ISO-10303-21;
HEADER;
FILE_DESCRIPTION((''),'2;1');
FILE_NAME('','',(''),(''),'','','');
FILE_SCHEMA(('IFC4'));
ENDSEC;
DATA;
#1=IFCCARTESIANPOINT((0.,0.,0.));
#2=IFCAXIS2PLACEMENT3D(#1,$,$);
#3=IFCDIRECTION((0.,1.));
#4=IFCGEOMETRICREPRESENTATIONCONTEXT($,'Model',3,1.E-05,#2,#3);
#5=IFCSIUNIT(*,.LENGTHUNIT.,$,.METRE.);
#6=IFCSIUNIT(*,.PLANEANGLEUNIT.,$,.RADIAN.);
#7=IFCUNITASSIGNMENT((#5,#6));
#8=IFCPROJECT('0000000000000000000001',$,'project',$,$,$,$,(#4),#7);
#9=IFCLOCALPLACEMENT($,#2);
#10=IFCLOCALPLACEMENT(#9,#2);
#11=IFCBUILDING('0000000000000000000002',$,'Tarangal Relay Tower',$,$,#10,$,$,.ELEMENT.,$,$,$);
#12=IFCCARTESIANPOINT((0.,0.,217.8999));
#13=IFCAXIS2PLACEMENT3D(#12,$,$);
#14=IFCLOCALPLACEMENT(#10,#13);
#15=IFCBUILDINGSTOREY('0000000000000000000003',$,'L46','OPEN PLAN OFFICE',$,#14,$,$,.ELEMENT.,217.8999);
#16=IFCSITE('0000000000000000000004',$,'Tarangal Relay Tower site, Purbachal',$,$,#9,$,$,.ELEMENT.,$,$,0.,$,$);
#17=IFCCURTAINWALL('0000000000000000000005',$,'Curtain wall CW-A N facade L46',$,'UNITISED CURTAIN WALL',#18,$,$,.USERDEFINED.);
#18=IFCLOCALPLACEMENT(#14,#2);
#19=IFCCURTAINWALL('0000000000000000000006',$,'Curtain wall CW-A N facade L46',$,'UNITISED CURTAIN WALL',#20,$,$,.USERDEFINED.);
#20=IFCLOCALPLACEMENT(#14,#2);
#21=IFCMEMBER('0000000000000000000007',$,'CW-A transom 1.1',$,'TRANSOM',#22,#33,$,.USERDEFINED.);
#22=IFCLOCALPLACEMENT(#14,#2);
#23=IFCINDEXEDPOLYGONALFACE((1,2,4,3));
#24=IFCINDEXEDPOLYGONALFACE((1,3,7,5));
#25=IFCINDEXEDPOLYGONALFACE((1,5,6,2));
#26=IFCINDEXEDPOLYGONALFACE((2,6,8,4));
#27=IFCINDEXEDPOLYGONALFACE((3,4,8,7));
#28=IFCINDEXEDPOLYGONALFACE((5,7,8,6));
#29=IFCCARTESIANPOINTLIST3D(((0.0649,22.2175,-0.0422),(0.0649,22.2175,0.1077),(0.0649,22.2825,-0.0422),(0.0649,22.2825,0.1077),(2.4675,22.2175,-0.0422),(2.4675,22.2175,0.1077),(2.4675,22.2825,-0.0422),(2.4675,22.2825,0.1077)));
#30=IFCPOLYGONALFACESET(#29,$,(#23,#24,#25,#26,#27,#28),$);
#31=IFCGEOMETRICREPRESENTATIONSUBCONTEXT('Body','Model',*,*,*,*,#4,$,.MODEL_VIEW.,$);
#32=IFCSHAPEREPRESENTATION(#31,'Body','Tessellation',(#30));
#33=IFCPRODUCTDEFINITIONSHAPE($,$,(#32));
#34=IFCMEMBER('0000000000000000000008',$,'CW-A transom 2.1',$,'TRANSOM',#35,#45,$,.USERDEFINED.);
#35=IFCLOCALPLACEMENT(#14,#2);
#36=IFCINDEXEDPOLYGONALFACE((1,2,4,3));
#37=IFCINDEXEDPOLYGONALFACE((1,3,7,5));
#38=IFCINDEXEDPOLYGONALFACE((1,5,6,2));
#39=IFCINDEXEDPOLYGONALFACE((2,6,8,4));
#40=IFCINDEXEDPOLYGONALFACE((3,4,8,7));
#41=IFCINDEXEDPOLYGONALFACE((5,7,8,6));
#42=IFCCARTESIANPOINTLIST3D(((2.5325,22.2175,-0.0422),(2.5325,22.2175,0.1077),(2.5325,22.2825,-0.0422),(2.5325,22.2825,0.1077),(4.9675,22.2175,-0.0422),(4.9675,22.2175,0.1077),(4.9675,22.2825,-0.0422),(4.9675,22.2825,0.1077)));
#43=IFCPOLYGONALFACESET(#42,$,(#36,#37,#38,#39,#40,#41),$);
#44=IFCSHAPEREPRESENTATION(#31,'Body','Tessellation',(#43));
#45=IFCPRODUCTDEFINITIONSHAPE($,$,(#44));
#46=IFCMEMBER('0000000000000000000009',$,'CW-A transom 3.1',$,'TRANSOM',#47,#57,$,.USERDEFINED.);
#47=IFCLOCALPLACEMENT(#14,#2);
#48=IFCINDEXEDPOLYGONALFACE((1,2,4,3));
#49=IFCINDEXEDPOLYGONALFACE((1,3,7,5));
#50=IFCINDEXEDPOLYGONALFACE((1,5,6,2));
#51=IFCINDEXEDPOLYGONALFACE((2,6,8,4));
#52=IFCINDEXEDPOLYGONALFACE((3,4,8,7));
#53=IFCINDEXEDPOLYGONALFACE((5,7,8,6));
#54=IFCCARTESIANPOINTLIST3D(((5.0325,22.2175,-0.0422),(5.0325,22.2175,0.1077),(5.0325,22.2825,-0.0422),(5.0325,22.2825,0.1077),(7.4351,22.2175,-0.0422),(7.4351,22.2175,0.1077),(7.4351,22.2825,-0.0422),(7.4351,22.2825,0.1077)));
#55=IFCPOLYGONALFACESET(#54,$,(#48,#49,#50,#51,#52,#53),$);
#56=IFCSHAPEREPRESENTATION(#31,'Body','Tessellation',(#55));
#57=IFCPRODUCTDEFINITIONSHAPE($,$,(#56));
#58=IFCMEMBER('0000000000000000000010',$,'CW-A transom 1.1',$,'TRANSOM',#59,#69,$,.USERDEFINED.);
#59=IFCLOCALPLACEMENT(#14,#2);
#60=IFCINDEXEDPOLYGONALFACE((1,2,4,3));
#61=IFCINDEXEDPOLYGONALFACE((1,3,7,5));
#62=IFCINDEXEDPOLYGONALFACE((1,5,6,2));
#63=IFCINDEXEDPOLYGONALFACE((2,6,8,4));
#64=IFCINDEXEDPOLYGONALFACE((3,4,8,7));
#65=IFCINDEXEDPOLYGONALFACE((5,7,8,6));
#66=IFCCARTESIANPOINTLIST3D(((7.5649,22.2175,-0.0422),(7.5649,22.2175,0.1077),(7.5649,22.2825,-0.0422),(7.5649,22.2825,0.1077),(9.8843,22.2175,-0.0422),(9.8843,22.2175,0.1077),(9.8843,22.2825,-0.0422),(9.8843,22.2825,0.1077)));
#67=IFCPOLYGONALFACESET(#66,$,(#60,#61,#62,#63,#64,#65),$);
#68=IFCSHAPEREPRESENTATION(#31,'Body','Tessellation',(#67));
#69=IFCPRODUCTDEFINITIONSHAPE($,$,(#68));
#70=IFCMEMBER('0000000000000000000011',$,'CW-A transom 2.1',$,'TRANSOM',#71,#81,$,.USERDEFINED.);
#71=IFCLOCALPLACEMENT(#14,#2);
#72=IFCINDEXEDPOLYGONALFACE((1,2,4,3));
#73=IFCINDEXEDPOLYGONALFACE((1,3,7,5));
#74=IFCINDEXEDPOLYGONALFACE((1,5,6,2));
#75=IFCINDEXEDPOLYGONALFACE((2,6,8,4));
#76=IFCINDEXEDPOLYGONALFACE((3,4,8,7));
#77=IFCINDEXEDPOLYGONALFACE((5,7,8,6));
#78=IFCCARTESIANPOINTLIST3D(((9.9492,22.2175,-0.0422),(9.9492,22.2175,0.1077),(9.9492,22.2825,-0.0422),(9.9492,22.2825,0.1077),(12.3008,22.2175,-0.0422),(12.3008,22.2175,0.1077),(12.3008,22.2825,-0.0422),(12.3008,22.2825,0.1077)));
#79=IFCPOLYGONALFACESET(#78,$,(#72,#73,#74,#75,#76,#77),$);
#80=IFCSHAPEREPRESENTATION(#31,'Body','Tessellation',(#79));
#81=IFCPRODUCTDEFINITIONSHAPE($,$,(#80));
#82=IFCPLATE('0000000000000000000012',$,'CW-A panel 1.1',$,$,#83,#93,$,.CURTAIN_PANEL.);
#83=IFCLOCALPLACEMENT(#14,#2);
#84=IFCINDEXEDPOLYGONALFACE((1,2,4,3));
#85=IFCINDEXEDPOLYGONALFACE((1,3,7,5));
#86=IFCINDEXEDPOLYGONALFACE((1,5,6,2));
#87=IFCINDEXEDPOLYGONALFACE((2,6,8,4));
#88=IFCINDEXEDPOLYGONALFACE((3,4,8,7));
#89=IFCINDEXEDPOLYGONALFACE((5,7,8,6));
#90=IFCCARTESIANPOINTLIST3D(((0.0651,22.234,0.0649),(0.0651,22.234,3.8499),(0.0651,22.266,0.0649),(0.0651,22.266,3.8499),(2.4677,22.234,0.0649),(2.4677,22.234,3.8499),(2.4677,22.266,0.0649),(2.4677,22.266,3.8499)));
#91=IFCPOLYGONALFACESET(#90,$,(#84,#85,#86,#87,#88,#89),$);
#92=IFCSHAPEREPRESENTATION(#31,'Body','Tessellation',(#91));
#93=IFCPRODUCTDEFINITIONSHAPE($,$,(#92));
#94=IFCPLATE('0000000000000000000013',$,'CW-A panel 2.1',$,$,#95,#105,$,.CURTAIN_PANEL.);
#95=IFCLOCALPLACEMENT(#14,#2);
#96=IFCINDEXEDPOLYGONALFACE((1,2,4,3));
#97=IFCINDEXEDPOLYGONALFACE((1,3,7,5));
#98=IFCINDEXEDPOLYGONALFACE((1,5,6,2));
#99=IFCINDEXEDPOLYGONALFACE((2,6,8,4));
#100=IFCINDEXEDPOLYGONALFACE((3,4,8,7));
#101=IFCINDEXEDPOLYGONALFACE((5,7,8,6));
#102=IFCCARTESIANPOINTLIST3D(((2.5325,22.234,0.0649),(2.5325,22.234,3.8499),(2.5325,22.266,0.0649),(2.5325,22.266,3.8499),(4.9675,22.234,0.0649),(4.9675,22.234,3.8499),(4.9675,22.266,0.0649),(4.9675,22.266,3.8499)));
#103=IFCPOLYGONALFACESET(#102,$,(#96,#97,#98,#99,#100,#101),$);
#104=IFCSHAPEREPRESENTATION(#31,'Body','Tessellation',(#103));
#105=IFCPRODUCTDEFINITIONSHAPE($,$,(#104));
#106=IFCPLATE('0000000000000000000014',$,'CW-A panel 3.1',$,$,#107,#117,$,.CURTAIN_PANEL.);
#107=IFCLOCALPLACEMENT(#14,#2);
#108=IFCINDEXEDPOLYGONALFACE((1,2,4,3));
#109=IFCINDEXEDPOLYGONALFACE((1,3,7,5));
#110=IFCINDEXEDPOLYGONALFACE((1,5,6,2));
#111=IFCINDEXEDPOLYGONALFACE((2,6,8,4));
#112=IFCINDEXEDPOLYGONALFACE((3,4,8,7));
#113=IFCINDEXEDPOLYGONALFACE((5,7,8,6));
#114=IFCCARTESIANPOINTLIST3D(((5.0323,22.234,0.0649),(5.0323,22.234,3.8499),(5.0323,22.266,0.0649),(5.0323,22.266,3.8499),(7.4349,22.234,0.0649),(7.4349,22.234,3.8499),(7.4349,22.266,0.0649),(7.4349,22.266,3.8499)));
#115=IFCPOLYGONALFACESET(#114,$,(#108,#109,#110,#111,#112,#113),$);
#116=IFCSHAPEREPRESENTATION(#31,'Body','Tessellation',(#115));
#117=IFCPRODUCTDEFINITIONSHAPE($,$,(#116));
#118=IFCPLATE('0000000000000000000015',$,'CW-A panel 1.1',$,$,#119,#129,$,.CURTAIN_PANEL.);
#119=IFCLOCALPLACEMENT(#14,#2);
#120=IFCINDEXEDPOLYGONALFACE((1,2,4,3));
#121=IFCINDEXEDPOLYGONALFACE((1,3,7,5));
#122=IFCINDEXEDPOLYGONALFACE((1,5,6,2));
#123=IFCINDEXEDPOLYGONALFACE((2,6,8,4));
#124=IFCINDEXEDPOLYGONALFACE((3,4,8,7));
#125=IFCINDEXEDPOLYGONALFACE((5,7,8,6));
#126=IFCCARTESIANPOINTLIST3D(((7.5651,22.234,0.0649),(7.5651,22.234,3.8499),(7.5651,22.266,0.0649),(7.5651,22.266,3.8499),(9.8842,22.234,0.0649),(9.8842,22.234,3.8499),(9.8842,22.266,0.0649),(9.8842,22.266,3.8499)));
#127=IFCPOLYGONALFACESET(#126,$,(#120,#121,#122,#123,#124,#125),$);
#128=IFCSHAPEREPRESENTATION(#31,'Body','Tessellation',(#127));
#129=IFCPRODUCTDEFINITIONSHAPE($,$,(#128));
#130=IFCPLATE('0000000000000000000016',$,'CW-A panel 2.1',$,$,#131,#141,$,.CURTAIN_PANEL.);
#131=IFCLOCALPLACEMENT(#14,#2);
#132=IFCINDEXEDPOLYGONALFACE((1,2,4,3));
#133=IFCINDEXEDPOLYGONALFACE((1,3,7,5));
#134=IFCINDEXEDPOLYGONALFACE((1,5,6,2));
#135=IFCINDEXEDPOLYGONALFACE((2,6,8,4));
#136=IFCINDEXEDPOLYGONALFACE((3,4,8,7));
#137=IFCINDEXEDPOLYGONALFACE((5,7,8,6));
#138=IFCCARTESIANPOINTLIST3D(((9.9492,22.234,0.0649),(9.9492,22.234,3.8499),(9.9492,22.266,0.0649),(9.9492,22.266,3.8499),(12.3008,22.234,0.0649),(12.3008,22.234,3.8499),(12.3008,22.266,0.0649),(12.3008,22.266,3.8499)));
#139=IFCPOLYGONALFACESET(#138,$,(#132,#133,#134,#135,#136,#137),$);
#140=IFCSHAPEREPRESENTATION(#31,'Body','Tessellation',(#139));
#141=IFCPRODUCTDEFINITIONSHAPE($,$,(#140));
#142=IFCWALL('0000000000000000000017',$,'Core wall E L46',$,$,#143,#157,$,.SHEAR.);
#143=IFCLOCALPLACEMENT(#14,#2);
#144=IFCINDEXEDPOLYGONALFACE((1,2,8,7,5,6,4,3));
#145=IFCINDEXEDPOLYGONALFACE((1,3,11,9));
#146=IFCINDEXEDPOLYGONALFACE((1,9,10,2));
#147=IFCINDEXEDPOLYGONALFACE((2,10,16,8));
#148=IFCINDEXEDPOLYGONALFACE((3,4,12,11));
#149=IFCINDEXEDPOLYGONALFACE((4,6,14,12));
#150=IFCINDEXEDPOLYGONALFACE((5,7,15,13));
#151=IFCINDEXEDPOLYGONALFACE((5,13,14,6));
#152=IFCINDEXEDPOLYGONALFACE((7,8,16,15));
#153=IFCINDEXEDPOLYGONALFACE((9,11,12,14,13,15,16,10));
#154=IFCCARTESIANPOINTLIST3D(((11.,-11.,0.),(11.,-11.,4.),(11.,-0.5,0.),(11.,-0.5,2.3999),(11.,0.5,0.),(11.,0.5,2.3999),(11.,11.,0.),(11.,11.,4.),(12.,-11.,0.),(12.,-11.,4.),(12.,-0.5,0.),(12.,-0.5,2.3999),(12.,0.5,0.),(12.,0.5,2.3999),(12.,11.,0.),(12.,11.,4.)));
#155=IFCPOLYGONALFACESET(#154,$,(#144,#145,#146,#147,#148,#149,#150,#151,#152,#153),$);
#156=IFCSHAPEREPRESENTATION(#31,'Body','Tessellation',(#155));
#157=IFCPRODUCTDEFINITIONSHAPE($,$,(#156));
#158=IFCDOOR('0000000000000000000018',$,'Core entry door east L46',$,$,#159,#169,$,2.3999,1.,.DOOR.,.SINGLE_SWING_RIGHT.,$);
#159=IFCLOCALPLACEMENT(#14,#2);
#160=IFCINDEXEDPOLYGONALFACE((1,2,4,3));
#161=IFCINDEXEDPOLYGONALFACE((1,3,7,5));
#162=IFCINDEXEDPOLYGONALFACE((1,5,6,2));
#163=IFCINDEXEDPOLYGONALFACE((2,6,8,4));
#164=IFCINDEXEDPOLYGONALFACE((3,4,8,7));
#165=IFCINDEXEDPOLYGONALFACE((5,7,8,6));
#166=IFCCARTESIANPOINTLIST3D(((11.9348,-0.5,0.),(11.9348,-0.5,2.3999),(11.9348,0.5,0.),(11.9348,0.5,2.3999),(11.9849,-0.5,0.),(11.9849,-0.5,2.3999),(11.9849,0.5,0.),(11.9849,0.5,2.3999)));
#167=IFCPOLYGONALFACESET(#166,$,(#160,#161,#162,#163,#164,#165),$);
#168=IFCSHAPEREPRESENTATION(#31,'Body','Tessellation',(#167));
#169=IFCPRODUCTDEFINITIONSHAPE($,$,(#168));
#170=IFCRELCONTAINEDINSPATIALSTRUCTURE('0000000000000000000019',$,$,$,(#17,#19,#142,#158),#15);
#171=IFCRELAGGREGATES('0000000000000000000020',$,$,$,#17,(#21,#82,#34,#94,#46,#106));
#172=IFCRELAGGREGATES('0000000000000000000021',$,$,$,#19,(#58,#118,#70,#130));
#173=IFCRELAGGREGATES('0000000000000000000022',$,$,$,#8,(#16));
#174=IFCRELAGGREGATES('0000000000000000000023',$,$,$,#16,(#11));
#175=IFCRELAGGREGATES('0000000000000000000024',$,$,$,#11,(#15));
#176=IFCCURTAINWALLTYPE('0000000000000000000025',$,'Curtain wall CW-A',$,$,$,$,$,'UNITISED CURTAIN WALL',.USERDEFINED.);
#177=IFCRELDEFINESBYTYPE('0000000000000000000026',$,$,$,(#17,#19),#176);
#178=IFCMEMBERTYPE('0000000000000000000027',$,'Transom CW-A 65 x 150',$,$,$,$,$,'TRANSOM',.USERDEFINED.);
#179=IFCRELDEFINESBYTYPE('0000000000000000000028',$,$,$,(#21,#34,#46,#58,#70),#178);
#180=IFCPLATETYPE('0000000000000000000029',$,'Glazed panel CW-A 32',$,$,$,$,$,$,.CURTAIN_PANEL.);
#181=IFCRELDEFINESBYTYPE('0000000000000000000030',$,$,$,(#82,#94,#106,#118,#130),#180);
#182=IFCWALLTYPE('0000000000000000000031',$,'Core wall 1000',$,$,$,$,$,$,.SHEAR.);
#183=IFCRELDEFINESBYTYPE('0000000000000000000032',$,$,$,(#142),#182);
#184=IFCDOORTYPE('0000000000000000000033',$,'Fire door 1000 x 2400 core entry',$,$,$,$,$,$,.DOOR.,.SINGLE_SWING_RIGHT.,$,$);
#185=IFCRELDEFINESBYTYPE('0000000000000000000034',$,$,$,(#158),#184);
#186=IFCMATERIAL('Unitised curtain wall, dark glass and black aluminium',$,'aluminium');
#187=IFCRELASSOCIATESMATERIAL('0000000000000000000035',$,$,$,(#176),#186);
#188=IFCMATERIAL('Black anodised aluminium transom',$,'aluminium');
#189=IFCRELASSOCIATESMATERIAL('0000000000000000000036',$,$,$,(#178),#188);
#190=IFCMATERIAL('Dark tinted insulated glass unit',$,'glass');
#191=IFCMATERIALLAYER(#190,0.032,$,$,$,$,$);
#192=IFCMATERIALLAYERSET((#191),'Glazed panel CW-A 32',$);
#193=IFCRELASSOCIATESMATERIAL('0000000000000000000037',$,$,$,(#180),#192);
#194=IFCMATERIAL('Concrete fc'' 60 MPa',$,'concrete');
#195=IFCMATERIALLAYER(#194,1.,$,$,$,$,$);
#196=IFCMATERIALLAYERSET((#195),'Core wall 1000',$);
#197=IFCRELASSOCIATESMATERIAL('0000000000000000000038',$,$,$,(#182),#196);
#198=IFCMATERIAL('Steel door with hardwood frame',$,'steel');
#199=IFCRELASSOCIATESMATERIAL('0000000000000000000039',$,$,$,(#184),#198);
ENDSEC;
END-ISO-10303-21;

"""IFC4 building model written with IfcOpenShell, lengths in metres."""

from ifc_helpers import new_model, si_unit, direction, frame, frame_2d, origin, origin_2d, place, context, subcontext, project, spatial, rectangle, extrude, material, layer, layer_set, material_profile, profile_set, type_object, element, fill, aggregate, save


model = new_model("IFC4")

# Units and contexts
model_context = context("Model", 3, precision=1e-05, world=origin(), true_north=direction((0.0, 1.0)))
body_context = subcontext(model_context, "Body", "Model", "MODEL_VIEW")
ifc_project = project(units=[si_unit("LENGTHUNIT", "METRE"), si_unit("PLANEANGLEUNIT", "RADIAN")], contexts=[model_context])

# Site, building, storey
site_placement = place(None, origin())
site = spatial("IfcSite", under=ifc_project, at=site_placement, Name="Tarangal Relay Tower site, Purbachal", CompositionType="ELEMENT", RefElevation=0.0)
building_placement = place(site_placement, origin())
building = spatial("IfcBuilding", under=site, at=building_placement, Name="Tarangal Relay Tower", CompositionType="ELEMENT")
storey_placement = place(building_placement, frame((0.0, 0.0, 217.8999)))
storey = spatial("IfcBuildingStorey", under=building, at=storey_placement, Name="L46", Description="OPEN PLAN OFFICE", CompositionType="ELEMENT", Elevation=217.8999)

# Curtain walls
ifc_material_1 = material(Name="Unitised curtain wall, dark glass and black aluminium", Category="aluminium")
curtain_wall_type = type_object("IfcCurtainWallType", Name="Curtain wall CW-A", ElementType="UNITISED CURTAIN WALL", PredefinedType="USERDEFINED", material=ifc_material_1)
curtain_wall_1_placement = place(storey_placement, origin())
curtain_wall_1 = element("IfcCurtainWall", 1, at=curtain_wall_1_placement, inside=storey, type_object=curtain_wall_type, Name="Curtain wall CW-A N facade L46", ObjectType="UNITISED CURTAIN WALL", PredefinedType="USERDEFINED")
curtain_wall_2_placement = place(storey_placement, origin())
curtain_wall_2 = element("IfcCurtainWall", 2, at=curtain_wall_2_placement, inside=storey, type_object=curtain_wall_type, Name="Curtain wall CW-A N facade L46", ObjectType="UNITISED CURTAIN WALL", PredefinedType="USERDEFINED")

# Members
ifc_material_2 = material(Name="Black anodised aluminium transom", Category="aluminium")
ifc_material_profile_1 = material_profile(ifc_material_2, rectangle(XDim=0.0649, YDim=0.1499, at=origin_2d()), Name="CW-AT 65X150")
ifc_profile_set_1 = profile_set([ifc_material_profile_1], Name="Black anodised aluminium transom")
member_type_1 = type_object("IfcMemberType", Name="Transom CW-A 65 x 150", ElementType="TRANSOM", PredefinedType="USERDEFINED", material=ifc_profile_set_1)
member_1_placement = place(storey_placement, frame((0.0649, 22.25, 0.0327), z_axis=(1.0, 0.0, 0.0), x_axis=(0.0, 1.0, 0.0)))
member_1 = element("IfcMember", 3, at=member_1_placement, type_object=member_type_1, Name="CW-A transom 1.1", ObjectType="TRANSOM", PredefinedType="USERDEFINED", context=body_context, shape_type="SweptSolid", body=[
    extrude(rectangle(XDim=0.0649, YDim=0.1499, at=origin_2d()), origin(), (0.0, 0.0, 1.0), 2.4026),
])
member_2_placement = place(storey_placement, frame((2.5325, 22.25, 0.0327), z_axis=(1.0, 0.0, 0.0), x_axis=(0.0, 1.0, 0.0)))
member_2 = element("IfcMember", 4, at=member_2_placement, type_object=member_type_1, Name="CW-A transom 2.1", ObjectType="TRANSOM", PredefinedType="USERDEFINED", context=body_context, shape_type="SweptSolid", body=[
    extrude(rectangle(XDim=0.0649, YDim=0.1499, at=origin_2d()), origin(), (0.0, 0.0, 1.0), 2.4351),
])
member_3_placement = place(storey_placement, frame((5.0325, 22.25, 0.0327), z_axis=(1.0, 0.0, 0.0), x_axis=(0.0, 1.0, 0.0)))
member_3 = element("IfcMember", 5, at=member_3_placement, type_object=member_type_1, Name="CW-A transom 3.1", ObjectType="TRANSOM", PredefinedType="USERDEFINED", context=body_context, shape_type="SweptSolid", body=[
    extrude(rectangle(XDim=0.0649, YDim=0.1499, at=origin_2d()), origin(), (0.0, 0.0, 1.0), 2.4026),
])
member_4_placement = place(storey_placement, frame((7.5649, 22.25, 0.0327), z_axis=(1.0, 0.0, 0.0), x_axis=(0.0, 1.0, 0.0)))
member_4 = element("IfcMember", 6, at=member_4_placement, type_object=member_type_1, Name="CW-A transom 1.1", ObjectType="TRANSOM", PredefinedType="USERDEFINED", context=body_context, shape_type="SweptSolid", body=[
    extrude(rectangle(XDim=0.0649, YDim=0.1499, at=origin_2d()), origin(), (0.0, 0.0, 1.0), 2.3193),
])
member_5_placement = place(storey_placement, frame((9.9492, 22.25, 0.0327), z_axis=(1.0, 0.0, 0.0), x_axis=(0.0, 1.0, 0.0)))
member_5 = element("IfcMember", 7, at=member_5_placement, type_object=member_type_1, Name="CW-A transom 2.1", ObjectType="TRANSOM", PredefinedType="USERDEFINED", context=body_context, shape_type="SweptSolid", body=[
    extrude(rectangle(XDim=0.0649, YDim=0.1499, at=origin_2d()), origin(), (0.0, 0.0, 1.0), 2.3516),
])

# Plates
ifc_material_3 = material(Name="Dark tinted insulated glass unit", Category="glass")
ifc_layer_1 = layer(ifc_material_3, 0.032)
ifc_layer_set_1 = layer_set([ifc_layer_1], Name="Glazed panel CW-A 32")
plate_type = type_object("IfcPlateType", Name="Glazed panel CW-A 32", PredefinedType="CURTAIN_PANEL", material=ifc_layer_set_1)
plate_1_placement = place(storey_placement, frame((1.2664, 22.25, 0.0649), z_axis=(0.0, 0.0, 1.0), x_axis=(1.0, 0.0, 0.0)))
plate_1 = element("IfcPlate", 8, at=plate_1_placement, type_object=plate_type, Name="CW-A panel 1.1", PredefinedType="CURTAIN_PANEL", context=body_context, shape_type="SweptSolid", body=[
    extrude(rectangle(XDim=2.4026, YDim=0.032, at=origin_2d()), origin(), (0.0, 0.0, 1.0), 3.7849),
])
plate_2_placement = place(storey_placement, frame((3.75, 22.25, 0.0649), z_axis=(0.0, 0.0, 1.0), x_axis=(1.0, 0.0, 0.0)))
plate_2 = element("IfcPlate", 9, at=plate_2_placement, type_object=plate_type, Name="CW-A panel 2.1", PredefinedType="CURTAIN_PANEL", context=body_context, shape_type="SweptSolid", body=[
    extrude(rectangle(XDim=2.4351, YDim=0.032, at=origin_2d()), origin(), (0.0, 0.0, 1.0), 3.7849),
])
plate_3_placement = place(storey_placement, frame((6.2336, 22.25, 0.0649), z_axis=(0.0, 0.0, 1.0), x_axis=(1.0, 0.0, 0.0)))
plate_3 = element("IfcPlate", 10, at=plate_3_placement, type_object=plate_type, Name="CW-A panel 3.1", PredefinedType="CURTAIN_PANEL", context=body_context, shape_type="SweptSolid", body=[
    extrude(rectangle(XDim=2.4026, YDim=0.032, at=origin_2d()), origin(), (0.0, 0.0, 1.0), 3.7849),
])
aggregate(curtain_wall_1, [member_1, plate_1, member_2, plate_2, member_3, plate_3])
plate_4_placement = place(storey_placement, frame((8.7246, 22.25, 0.0649), z_axis=(0.0, 0.0, 1.0), x_axis=(1.0, 0.0, 0.0)))
plate_4 = element("IfcPlate", 11, at=plate_4_placement, type_object=plate_type, Name="CW-A panel 1.1", PredefinedType="CURTAIN_PANEL", context=body_context, shape_type="SweptSolid", body=[
    extrude(rectangle(XDim=2.3191, YDim=0.032, at=origin_2d()), origin(), (0.0, 0.0, 1.0), 3.7849),
])
plate_5_placement = place(storey_placement, frame((11.125, 22.25, 0.0649), z_axis=(0.0, 0.0, 1.0), x_axis=(1.0, 0.0, 0.0)))
plate_5 = element("IfcPlate", 12, at=plate_5_placement, type_object=plate_type, Name="CW-A panel 2.1", PredefinedType="CURTAIN_PANEL", context=body_context, shape_type="SweptSolid", body=[
    extrude(rectangle(XDim=2.3516, YDim=0.032, at=origin_2d()), origin(), (0.0, 0.0, 1.0), 3.7849),
])
aggregate(curtain_wall_2, [member_4, plate_4, member_5, plate_5])

# Wall, opening, door
ifc_material_4 = material(Name="Concrete fc' 60 MPa", Category="concrete")
ifc_layer_2 = layer(ifc_material_4, 1.0)
ifc_layer_set_2 = layer_set([ifc_layer_2], Name="Core wall 1000")
wall_type_1 = type_object("IfcWallType", Name="Core wall 1000", PredefinedType="SHEAR", material=ifc_layer_set_2)
wall_1_placement = place(storey_placement, frame((11.5, 11.0, 0.0), z_axis=(0.0, 0.0, 1.0), x_axis=(0.0, -1.0, 0.0)))
wall_1 = element("IfcWall", 13, at=wall_1_placement, inside=storey, type_object=wall_type_1, Name="Core wall E L46", PredefinedType="SHEAR", context=body_context, shape_type="SweptSolid", body=[
    extrude(rectangle(XDim=22.0, YDim=1.0, at=frame_2d((11.0, 0.0))), origin(), (0.0, 0.0, 1.0), 4.0),
])
opening_1_placement = place(wall_1_placement, frame((10.5, 0.0, 0.0)))
opening_1 = element("IfcOpeningElement", 14, at=opening_1_placement, cuts=wall_1, PredefinedType="OPENING", context=body_context, shape_type="SweptSolid", body=[
    extrude(rectangle(XDim=1.0, YDim=2.3999, at=frame_2d((0.5, 1.2))), frame((0.0, 0.51, 0.0), z_axis=(0.0, -1.0, 0.0), x_axis=(1.0, 0.0, 0.0)), (0.0, 0.0, 1.0), 1.02),
])
ifc_material_5 = material(Name="Steel door with hardwood frame", Category="steel")
door_type_1 = type_object("IfcDoorType", Name="Fire door 1000 x 2400 core entry", OperationType="SINGLE_SWING_RIGHT", PredefinedType="DOOR", material=ifc_material_5)
door_1_placement = place(opening_1_placement, origin())
door_1 = element("IfcDoor", 15, at=door_1_placement, inside=storey, type_object=door_type_1, Name="Core entry door east L46", OperationType="SINGLE_SWING_RIGHT", OverallHeight=2.3999, OverallWidth=1.0, PredefinedType="DOOR", context=body_context, shape_type="SweptSolid", body=[
    extrude(rectangle(XDim=1.0, YDim=2.3999, at=frame_2d((0.5, 1.2))), frame((0.0, 0.4849, 0.0), z_axis=(0.0, -1.0, 0.0), x_axis=(1.0, 0.0, 0.0)), (0.0, 0.0, 1.0), 0.05),
])
fill(opening_1, door_1)

save(model, "model.ifc")
